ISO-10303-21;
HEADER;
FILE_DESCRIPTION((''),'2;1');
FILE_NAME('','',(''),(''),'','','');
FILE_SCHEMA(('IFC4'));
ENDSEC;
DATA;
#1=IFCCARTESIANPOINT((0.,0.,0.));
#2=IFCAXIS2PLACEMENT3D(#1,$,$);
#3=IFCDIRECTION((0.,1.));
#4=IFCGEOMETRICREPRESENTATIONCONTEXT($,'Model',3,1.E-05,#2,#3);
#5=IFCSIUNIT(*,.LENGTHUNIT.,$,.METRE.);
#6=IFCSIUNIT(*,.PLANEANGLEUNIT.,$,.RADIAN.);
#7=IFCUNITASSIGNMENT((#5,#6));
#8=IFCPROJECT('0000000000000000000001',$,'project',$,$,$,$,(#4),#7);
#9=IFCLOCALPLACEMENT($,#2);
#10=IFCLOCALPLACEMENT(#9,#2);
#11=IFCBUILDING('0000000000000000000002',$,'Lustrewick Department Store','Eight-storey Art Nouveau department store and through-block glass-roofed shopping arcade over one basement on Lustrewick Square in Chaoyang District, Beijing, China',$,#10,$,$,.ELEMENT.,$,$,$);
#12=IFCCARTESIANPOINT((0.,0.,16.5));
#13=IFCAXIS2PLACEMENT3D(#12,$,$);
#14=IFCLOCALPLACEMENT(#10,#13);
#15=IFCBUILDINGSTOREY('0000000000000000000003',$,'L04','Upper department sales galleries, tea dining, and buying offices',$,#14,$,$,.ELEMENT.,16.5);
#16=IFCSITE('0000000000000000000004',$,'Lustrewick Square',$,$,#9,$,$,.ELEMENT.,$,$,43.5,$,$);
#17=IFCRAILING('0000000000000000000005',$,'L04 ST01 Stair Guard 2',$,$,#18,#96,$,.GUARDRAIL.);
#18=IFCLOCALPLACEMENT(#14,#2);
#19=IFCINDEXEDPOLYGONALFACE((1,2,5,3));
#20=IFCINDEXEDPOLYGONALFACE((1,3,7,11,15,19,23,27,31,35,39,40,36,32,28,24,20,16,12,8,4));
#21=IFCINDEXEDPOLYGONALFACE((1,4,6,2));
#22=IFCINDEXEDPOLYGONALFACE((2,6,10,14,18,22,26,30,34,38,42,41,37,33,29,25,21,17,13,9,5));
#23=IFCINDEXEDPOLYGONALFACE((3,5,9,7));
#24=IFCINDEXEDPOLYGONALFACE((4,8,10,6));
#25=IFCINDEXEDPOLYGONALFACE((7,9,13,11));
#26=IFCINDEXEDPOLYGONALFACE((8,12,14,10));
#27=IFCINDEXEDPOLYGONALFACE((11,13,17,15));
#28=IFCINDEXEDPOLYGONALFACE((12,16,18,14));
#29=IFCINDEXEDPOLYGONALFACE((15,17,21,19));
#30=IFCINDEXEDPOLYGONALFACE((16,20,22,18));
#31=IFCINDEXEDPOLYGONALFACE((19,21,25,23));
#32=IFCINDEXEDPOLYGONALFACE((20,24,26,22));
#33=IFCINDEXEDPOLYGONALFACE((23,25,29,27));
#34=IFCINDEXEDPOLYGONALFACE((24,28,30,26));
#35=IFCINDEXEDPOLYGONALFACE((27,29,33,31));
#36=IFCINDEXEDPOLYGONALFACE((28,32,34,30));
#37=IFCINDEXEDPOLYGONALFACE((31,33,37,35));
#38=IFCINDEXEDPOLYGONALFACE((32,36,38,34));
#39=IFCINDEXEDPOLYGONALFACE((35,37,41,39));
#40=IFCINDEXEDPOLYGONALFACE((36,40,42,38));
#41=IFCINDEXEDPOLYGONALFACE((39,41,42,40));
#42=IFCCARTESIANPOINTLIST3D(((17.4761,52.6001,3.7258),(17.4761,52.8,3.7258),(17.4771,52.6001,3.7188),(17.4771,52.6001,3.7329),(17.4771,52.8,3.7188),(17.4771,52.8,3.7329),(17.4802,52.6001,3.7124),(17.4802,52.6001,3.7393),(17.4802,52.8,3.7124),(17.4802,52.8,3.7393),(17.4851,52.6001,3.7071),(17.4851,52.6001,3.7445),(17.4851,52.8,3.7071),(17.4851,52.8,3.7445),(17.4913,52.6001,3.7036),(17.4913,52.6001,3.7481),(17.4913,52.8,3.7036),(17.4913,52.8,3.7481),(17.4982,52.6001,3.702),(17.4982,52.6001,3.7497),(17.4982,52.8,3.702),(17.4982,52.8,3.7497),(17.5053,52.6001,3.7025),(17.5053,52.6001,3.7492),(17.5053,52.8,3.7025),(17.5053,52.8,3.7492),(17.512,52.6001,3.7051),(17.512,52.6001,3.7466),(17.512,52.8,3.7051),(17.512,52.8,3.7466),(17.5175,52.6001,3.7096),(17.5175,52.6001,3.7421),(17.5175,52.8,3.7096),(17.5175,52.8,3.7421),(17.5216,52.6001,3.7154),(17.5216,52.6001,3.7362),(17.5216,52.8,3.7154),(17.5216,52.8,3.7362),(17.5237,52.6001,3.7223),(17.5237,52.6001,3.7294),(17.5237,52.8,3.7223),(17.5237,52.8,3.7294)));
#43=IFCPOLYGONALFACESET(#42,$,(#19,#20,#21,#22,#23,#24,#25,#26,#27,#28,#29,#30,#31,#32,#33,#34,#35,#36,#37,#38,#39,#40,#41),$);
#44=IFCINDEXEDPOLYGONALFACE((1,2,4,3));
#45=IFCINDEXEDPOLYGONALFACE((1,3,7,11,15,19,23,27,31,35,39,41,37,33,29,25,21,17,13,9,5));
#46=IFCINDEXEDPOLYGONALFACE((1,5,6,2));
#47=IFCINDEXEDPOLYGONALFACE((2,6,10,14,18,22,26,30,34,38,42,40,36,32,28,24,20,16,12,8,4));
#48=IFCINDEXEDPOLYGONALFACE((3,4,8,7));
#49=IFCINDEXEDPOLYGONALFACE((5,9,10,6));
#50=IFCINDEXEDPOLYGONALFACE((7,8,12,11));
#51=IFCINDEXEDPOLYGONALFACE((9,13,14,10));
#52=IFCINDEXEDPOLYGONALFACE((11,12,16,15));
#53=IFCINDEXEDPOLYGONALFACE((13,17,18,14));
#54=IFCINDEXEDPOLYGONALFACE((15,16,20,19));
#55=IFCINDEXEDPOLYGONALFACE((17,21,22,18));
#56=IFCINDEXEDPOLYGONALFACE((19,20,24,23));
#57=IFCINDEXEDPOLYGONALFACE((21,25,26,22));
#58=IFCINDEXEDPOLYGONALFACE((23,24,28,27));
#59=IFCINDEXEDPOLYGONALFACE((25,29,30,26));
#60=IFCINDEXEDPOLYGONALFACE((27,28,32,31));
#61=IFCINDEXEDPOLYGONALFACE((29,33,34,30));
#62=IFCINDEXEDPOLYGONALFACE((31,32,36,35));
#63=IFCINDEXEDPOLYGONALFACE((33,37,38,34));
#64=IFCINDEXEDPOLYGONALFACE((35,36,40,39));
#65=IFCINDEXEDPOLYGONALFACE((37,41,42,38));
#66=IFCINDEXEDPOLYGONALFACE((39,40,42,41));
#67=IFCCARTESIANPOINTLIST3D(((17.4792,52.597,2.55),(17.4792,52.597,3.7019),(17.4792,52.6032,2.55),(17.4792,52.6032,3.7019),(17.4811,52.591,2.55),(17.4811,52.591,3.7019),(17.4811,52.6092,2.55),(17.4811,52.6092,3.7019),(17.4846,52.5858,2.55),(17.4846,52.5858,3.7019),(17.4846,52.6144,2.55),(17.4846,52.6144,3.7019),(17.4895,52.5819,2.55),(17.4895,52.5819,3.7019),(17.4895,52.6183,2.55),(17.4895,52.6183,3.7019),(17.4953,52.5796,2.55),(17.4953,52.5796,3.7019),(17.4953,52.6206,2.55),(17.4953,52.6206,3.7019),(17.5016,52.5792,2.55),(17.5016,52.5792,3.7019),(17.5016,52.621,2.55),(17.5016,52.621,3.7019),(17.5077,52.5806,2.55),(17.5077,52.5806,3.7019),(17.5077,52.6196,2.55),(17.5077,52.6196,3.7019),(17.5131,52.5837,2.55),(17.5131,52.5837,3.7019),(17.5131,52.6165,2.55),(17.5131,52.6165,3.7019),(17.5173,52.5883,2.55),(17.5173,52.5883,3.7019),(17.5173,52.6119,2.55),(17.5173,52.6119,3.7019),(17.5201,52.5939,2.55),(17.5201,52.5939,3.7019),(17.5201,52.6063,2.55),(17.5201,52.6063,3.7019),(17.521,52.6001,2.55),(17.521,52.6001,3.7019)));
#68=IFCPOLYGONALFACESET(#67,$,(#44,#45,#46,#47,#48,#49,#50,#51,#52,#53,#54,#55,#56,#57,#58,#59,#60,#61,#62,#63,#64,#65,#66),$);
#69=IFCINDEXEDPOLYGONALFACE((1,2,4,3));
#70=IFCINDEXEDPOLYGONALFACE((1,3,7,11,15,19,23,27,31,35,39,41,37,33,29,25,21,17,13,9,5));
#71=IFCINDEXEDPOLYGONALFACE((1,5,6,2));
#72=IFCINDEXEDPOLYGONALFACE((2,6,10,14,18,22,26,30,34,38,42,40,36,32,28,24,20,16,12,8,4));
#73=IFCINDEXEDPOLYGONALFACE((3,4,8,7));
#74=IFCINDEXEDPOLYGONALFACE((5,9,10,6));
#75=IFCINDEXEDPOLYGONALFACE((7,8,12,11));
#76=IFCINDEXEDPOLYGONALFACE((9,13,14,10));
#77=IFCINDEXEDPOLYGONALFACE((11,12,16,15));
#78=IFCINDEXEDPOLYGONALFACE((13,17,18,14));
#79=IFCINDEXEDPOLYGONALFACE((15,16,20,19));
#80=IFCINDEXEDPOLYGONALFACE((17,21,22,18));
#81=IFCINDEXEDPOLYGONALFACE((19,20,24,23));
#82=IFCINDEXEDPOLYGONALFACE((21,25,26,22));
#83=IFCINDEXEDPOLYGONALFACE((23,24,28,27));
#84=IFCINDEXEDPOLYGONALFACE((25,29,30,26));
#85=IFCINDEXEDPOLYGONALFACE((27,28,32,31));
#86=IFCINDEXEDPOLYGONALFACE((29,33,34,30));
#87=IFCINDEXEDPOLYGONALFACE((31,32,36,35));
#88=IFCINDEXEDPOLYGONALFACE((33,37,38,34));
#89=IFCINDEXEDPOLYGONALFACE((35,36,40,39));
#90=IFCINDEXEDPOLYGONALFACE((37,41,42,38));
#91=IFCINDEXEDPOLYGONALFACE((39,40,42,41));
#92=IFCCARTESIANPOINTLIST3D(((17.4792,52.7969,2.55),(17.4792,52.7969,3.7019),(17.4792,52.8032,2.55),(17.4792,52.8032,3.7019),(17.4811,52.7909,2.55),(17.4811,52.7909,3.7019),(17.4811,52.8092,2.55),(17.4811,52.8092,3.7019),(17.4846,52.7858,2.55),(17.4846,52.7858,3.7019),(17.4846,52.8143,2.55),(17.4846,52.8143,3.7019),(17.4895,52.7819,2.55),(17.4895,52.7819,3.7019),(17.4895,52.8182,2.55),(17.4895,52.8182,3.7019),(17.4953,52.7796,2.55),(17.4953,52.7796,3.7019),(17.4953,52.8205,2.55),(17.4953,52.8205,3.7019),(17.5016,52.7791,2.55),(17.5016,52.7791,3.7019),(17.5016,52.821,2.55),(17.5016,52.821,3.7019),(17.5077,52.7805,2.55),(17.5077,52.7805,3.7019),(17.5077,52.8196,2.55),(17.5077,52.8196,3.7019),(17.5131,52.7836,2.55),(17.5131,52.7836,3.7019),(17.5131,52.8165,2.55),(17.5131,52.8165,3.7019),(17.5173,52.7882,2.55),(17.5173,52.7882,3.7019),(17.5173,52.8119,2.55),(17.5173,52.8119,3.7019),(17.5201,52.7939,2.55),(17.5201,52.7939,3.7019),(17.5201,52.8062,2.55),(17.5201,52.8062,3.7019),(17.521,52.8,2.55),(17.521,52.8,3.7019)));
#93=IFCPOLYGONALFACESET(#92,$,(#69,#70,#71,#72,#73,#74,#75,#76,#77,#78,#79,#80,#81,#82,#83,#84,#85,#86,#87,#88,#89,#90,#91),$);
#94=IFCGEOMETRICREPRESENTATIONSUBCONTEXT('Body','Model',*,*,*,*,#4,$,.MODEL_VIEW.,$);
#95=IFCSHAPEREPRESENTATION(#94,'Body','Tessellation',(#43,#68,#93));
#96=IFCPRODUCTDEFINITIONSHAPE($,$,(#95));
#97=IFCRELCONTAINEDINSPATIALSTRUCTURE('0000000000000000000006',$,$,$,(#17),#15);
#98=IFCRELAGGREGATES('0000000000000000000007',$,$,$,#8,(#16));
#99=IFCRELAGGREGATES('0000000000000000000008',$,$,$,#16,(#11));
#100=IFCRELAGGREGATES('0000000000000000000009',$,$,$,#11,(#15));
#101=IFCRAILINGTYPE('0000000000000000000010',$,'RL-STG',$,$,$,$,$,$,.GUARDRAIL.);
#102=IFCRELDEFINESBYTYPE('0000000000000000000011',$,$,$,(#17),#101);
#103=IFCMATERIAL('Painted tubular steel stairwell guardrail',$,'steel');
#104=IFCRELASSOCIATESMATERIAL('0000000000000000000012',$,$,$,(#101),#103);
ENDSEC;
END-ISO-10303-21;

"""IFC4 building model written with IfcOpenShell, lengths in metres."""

from ifc_helpers import new_model, si_unit, direction, frame, origin, origin_2d, place, context, subcontext, project, spatial, circle, extrude, material, type_object, element, save


model = new_model("IFC4")

# Units and contexts
model_context = context("Model", 3, precision=1e-05, world=origin(), true_north=direction((0.0, 1.0)))
body_context = subcontext(model_context, "Body", "Model", "MODEL_VIEW")
ifc_project = project(units=[si_unit("LENGTHUNIT", "METRE"), si_unit("PLANEANGLEUNIT", "RADIAN")], contexts=[model_context])

# Site, building, storey
site_placement = place(None, origin())
site = spatial("IfcSite", under=ifc_project, at=site_placement, Name="Lustrewick Square", CompositionType="ELEMENT", RefElevation=43.5)
building_placement = place(site_placement, origin())
building = spatial("IfcBuilding", under=site, at=building_placement, Name="Lustrewick Department Store", Description="Eight-storey Art Nouveau department store and through-block glass-roofed shopping arcade over one basement on Lustrewick Square in Chaoyang District, Beijing, China", CompositionType="ELEMENT")
storey_placement = place(building_placement, frame((0.0, 0.0, 16.5)))
storey = spatial("IfcBuildingStorey", under=building, at=storey_placement, Name="L04", Description="Upper department sales galleries, tea dining, and buying offices", CompositionType="ELEMENT", Elevation=16.5)

# Railing
ifc_material_1 = material(Name="Painted tubular steel stairwell guardrail", Category="steel")
railing_type_1 = type_object("IfcRailingType", Name="RL-STG", PredefinedType="GUARDRAIL", material=ifc_material_1)
railing_1_placement = place(storey_placement, frame((17.5, 52.6001, 2.55)))
element("IfcRailing", 1, at=railing_1_placement, inside=storey, type_object=railing_type_1, Name="L04 ST01 Stair Guard 2", PredefinedType="GUARDRAIL", context=body_context, shape_type="SweptSolid", body=[
    extrude(circle(Radius=0.0239, at=origin_2d()), frame((0.0, 0.0, 1.1758), z_axis=(0.0, 1.0, 0.0), x_axis=(-1.0, 0.0, 0.0)), (0.0, 0.0, 1.0), 0.2),
    extrude(circle(Radius=0.021, at=origin_2d()), origin(), (0.0, 0.0, 1.0), 1.1519),
    extrude(circle(Radius=0.021, at=origin_2d()), frame((0.0, 0.2, 0.0)), (0.0, 0.0, 1.0), 1.1519),
])

save(model, "model.ifc")
